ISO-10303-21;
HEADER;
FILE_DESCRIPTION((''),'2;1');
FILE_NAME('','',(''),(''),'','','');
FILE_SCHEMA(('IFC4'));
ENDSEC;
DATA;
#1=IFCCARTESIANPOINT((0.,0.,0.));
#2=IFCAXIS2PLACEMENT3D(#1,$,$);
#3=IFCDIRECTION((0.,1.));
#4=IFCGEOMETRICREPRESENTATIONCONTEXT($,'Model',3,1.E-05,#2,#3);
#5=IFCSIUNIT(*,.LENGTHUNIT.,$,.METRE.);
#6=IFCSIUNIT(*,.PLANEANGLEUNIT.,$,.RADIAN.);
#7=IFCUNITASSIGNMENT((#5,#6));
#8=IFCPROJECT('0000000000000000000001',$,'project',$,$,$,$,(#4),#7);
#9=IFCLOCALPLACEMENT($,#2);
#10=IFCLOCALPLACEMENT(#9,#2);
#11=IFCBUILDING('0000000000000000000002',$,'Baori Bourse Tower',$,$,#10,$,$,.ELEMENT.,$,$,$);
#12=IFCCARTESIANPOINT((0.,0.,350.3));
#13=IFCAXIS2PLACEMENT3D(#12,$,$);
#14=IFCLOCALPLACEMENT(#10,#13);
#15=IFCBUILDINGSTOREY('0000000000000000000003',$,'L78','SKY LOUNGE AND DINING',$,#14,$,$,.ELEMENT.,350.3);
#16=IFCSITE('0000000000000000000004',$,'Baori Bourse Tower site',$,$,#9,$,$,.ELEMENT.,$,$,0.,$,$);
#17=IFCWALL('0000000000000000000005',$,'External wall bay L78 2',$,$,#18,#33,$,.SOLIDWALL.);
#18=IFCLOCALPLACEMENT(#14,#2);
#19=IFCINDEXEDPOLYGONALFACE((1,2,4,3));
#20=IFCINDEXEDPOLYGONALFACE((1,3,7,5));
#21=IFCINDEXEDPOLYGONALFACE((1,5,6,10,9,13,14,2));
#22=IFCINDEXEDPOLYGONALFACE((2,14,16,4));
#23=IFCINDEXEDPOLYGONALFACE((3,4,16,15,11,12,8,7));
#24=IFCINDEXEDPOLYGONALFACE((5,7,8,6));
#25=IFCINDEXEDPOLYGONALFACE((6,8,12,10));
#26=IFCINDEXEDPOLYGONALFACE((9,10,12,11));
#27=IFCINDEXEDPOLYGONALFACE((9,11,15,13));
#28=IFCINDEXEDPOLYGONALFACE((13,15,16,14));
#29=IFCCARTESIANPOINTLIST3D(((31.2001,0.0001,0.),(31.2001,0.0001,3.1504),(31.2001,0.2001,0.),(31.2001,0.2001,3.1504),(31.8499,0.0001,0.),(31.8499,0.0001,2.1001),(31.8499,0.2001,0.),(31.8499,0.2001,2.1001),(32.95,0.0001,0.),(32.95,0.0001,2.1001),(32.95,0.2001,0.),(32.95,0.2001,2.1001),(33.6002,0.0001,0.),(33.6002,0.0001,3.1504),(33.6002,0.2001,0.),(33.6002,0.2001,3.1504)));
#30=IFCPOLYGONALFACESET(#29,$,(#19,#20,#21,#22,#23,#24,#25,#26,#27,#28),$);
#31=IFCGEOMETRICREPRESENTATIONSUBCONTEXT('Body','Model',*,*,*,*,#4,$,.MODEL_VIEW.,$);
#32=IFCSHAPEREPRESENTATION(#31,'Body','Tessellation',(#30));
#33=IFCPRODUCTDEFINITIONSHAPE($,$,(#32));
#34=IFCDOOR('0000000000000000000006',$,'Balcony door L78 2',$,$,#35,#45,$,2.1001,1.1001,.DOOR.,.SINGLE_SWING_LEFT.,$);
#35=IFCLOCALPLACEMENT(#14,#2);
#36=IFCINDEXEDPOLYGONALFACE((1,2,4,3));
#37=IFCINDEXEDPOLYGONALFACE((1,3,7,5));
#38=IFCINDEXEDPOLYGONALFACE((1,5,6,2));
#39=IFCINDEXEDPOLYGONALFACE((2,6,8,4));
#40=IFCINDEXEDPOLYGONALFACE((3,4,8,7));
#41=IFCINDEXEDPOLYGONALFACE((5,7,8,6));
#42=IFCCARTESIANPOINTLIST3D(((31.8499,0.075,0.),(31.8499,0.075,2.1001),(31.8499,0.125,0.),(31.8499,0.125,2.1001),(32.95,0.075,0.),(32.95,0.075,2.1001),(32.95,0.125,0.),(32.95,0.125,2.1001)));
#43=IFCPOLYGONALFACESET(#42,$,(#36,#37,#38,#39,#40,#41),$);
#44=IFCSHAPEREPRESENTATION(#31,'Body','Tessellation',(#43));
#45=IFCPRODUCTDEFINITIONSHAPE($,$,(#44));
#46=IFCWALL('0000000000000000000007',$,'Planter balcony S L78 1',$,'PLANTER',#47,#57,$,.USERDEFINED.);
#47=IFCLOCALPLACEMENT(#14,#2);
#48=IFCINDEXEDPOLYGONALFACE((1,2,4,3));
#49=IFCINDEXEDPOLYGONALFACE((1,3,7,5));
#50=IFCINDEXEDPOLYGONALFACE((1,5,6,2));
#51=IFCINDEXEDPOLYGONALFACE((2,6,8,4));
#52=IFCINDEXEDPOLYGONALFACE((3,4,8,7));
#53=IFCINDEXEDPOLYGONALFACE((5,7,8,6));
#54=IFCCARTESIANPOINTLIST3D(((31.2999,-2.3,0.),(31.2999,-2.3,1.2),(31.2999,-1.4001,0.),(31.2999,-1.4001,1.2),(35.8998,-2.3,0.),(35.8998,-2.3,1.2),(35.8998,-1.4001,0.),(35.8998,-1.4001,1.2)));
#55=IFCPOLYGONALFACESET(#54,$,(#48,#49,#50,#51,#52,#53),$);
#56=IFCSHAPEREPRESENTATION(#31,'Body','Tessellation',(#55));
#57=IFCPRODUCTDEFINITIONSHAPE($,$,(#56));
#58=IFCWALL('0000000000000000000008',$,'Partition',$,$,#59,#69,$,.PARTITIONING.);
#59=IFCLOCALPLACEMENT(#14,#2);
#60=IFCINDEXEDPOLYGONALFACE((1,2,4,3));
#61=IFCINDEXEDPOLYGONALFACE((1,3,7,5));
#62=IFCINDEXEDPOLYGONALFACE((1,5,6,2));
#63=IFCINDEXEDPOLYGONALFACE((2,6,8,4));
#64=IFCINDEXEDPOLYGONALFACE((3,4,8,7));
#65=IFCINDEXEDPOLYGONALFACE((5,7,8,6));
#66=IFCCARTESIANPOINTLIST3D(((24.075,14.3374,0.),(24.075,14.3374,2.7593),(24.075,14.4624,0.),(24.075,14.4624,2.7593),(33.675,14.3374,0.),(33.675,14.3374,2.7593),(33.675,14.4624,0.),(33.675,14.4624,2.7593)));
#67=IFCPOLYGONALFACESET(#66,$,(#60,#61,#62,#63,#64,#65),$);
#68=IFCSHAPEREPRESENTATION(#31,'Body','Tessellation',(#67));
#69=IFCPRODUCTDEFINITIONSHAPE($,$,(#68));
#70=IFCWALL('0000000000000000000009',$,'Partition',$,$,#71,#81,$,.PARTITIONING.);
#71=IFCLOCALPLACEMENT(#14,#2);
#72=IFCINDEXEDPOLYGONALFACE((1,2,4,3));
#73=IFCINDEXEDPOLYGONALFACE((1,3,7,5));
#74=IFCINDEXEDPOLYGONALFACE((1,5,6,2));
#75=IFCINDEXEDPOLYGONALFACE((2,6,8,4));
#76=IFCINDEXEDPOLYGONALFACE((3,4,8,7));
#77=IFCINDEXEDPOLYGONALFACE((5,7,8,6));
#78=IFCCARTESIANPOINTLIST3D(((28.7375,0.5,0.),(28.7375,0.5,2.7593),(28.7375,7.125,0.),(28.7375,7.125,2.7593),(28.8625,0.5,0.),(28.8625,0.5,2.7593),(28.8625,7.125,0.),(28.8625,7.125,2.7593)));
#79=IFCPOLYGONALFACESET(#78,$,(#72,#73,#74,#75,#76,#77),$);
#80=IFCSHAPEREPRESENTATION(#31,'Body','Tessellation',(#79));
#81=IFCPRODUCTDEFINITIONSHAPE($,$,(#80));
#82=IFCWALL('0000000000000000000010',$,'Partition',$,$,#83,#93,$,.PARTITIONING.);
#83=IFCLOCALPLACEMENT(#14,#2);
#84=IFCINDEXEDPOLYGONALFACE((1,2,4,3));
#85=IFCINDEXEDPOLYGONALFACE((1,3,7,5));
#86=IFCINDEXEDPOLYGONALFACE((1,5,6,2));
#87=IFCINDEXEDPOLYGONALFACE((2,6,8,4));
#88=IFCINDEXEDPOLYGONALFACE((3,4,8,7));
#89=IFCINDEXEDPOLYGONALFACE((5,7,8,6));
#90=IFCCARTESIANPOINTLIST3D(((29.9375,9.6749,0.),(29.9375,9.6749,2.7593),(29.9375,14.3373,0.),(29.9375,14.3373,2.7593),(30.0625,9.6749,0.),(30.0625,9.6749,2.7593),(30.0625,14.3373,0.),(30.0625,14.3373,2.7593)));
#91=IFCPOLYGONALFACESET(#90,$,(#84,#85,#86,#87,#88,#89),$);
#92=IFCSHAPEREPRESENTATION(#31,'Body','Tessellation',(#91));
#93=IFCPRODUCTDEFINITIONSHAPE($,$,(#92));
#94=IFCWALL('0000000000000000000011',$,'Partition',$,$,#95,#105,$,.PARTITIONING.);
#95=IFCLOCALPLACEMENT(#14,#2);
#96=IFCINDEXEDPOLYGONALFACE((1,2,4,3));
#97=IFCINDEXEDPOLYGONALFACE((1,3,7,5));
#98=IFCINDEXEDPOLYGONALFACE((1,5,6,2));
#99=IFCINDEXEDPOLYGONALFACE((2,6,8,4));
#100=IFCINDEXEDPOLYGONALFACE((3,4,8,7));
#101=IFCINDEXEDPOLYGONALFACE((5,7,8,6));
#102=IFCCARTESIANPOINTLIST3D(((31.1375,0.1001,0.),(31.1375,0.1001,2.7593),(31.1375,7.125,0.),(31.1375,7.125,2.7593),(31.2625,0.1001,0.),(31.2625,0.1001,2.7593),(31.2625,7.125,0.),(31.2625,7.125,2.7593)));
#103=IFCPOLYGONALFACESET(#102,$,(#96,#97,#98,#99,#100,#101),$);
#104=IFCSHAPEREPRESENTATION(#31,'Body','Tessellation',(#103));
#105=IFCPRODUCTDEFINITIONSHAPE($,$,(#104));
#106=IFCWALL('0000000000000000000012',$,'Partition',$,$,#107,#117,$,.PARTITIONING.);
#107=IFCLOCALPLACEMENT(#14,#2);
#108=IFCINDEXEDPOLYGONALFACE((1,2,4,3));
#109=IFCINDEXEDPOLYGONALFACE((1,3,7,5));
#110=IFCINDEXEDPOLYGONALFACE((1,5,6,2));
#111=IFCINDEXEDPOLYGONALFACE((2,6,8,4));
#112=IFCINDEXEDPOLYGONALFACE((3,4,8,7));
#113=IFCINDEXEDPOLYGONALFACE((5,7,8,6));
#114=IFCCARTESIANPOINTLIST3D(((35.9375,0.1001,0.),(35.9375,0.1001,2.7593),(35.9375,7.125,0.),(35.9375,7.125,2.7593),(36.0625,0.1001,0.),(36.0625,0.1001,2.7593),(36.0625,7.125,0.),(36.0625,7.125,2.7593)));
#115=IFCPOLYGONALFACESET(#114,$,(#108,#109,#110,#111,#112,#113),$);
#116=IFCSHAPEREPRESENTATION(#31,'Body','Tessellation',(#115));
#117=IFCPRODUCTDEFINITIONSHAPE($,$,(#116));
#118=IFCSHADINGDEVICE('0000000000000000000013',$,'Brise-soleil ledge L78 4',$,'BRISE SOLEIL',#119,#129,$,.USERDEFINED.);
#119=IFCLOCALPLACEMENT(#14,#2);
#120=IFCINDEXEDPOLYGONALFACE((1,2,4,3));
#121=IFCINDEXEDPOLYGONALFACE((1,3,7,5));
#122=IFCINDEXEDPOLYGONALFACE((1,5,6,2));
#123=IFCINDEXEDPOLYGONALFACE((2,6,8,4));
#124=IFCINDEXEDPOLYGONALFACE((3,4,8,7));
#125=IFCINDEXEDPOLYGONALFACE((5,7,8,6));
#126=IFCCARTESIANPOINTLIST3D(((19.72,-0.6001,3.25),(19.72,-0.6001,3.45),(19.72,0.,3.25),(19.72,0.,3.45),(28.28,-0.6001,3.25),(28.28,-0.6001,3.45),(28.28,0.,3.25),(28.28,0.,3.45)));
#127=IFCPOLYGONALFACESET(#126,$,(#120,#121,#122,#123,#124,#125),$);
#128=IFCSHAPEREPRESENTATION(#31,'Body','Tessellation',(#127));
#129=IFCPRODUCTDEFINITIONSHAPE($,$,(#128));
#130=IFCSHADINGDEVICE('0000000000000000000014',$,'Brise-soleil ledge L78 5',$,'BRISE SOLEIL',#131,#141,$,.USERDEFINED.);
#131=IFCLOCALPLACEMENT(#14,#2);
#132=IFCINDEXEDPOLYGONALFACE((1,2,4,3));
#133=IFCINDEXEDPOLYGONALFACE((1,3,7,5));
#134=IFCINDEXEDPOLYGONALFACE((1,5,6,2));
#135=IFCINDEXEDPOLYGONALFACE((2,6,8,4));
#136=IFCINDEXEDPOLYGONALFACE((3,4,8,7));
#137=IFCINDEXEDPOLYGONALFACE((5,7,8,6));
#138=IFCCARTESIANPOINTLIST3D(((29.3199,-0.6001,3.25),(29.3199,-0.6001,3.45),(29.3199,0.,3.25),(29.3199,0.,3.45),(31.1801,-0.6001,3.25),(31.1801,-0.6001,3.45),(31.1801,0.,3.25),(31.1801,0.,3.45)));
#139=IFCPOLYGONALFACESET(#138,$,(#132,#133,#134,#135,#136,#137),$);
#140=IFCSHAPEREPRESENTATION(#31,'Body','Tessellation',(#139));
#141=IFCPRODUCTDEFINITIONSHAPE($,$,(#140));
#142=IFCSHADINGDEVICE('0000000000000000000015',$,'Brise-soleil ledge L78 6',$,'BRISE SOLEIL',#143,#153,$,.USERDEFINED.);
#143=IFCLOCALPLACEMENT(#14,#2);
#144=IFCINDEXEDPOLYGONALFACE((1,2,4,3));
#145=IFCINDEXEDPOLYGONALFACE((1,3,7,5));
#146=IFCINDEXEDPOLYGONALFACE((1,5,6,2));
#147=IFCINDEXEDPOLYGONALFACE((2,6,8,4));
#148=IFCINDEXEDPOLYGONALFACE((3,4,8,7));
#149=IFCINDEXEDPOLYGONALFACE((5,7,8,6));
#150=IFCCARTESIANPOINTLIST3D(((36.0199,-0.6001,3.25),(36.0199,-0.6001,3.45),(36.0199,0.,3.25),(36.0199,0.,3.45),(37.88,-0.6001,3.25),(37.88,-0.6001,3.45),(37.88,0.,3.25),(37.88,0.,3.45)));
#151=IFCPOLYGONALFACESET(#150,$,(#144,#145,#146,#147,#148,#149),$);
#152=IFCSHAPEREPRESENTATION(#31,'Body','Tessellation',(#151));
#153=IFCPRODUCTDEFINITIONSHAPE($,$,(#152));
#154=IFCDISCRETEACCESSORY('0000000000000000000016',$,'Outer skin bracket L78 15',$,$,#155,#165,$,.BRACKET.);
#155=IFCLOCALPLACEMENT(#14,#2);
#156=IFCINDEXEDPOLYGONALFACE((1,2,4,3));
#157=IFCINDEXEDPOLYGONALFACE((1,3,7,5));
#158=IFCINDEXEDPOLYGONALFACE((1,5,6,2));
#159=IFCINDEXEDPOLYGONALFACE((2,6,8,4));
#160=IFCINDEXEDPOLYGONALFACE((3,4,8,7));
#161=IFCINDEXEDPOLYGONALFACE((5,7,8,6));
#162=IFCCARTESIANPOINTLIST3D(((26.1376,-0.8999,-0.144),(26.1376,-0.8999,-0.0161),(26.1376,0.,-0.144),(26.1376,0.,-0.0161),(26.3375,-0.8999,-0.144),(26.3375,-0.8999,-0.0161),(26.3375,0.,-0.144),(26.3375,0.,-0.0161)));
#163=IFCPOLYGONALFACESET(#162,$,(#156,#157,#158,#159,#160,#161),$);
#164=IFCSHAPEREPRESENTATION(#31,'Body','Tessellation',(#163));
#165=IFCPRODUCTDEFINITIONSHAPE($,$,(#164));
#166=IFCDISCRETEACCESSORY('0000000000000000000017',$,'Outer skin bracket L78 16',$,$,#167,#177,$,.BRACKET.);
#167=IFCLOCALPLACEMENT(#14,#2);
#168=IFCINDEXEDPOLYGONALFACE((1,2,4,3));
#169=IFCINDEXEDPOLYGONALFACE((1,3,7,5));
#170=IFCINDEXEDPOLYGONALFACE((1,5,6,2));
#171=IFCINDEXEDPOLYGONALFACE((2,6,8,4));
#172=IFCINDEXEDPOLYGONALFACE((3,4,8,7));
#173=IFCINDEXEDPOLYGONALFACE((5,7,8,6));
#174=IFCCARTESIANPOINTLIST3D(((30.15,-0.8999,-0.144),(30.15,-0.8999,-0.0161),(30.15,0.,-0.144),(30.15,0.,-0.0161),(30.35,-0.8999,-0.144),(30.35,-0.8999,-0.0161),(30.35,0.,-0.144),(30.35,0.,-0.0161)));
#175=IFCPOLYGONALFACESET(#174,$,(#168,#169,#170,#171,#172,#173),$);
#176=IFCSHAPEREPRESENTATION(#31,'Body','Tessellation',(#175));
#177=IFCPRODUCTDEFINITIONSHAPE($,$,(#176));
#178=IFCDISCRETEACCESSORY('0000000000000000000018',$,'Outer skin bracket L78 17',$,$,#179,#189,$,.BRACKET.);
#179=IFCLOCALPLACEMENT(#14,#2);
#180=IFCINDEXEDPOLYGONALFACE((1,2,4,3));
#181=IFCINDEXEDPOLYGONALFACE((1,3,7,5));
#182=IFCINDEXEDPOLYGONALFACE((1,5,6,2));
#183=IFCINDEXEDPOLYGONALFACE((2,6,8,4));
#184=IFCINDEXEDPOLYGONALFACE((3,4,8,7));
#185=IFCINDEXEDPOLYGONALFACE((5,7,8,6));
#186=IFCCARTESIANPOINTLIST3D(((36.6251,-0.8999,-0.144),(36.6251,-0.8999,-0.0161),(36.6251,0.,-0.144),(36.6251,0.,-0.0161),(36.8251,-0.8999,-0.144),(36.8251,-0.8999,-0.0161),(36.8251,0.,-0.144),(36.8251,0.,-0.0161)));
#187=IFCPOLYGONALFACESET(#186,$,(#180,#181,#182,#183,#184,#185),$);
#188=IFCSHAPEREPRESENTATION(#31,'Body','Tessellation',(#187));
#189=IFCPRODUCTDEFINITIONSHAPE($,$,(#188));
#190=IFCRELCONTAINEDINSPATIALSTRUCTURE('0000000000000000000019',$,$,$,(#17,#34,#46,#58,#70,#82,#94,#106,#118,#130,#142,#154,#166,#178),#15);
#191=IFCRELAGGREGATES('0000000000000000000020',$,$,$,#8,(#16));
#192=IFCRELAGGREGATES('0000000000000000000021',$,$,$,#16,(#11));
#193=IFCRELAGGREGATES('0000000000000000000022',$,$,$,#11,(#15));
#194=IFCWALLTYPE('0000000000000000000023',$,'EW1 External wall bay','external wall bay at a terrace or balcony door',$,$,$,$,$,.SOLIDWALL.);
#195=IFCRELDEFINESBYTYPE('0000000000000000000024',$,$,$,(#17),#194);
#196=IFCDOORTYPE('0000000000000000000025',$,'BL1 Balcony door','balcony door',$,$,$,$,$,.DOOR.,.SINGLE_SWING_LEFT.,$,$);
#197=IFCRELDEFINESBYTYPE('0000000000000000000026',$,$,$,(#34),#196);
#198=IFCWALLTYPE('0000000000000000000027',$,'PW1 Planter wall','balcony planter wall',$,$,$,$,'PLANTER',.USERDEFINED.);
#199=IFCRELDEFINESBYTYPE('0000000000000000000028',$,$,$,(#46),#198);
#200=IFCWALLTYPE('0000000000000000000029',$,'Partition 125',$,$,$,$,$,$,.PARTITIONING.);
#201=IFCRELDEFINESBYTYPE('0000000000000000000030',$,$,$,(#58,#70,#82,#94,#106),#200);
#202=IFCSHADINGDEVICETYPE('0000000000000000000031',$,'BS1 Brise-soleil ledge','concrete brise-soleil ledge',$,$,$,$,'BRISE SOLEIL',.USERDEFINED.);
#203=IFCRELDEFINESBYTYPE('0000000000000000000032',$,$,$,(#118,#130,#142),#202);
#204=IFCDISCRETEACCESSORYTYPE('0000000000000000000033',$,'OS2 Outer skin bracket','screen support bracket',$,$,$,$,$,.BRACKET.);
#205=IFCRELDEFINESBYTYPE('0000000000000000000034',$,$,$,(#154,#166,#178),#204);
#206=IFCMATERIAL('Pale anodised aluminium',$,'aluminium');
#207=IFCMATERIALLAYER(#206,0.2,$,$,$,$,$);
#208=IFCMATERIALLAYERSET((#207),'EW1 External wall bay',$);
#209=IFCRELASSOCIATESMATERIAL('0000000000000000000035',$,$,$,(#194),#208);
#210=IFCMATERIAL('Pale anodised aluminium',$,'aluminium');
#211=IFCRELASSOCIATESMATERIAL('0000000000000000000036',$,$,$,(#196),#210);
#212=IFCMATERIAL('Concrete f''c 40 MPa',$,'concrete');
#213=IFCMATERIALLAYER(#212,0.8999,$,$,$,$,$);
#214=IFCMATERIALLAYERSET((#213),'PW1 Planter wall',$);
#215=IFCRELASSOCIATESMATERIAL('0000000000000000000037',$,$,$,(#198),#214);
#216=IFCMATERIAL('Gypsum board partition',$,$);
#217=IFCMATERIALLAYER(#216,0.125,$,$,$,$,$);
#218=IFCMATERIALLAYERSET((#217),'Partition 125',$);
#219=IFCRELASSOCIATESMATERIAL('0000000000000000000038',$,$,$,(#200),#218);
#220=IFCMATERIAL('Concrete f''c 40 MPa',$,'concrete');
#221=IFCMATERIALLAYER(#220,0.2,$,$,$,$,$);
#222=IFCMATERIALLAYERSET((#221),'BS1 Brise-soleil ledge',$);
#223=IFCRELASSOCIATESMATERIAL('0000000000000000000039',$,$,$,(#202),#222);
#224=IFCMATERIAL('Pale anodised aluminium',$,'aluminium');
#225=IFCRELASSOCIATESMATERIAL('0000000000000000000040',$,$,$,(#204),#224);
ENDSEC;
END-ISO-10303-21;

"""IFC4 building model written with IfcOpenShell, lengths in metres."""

from ifc_helpers import new_model, si_unit, direction, frame, frame_2d, origin, origin_2d, place, context, subcontext, project, spatial, rectangle, extrude, material, layer, layer_set, type_object, element, fill, save


model = new_model("IFC4")

# Units and contexts
model_context = context("Model", 3, precision=1e-05, world=origin(), true_north=direction((0.0, 1.0)))
body_context = subcontext(model_context, "Body", "Model", "MODEL_VIEW")
ifc_project = project(units=[si_unit("LENGTHUNIT", "METRE"), si_unit("PLANEANGLEUNIT", "RADIAN")], contexts=[model_context])

# Site, building, storey
site_placement = place(None, origin())
site = spatial("IfcSite", under=ifc_project, at=site_placement, Name="Baori Bourse Tower site", CompositionType="ELEMENT", RefElevation=0.0)
building_placement = place(site_placement, origin())
building = spatial("IfcBuilding", under=site, at=building_placement, Name="Baori Bourse Tower", CompositionType="ELEMENT")
storey_placement = place(building_placement, frame((0.0, 0.0, 350.3)))
storey = spatial("IfcBuildingStorey", under=building, at=storey_placement, Name="L78", Description="SKY LOUNGE AND DINING", CompositionType="ELEMENT", Elevation=350.3)

# Wall, opening, door
ifc_material_1 = material(Name="Pale anodised aluminium", Category="aluminium")
ifc_layer_1 = layer(ifc_material_1, 0.2)
ifc_layer_set_1 = layer_set([ifc_layer_1], Name="EW1 External wall bay")
wall_type_1 = type_object("IfcWallType", Name="EW1 External wall bay", Description="external wall bay at a terrace or balcony door", PredefinedType="SOLIDWALL", material=ifc_layer_set_1)
wall_1_placement = place(storey_placement, frame((31.2, 0.1001, 0.0), z_axis=(0.0, 0.0, 1.0), x_axis=(1.0, 0.0, 0.0)))
wall_1 = element("IfcWall", 1, at=wall_1_placement, inside=storey, type_object=wall_type_1, Name="External wall bay L78 2", PredefinedType="SOLIDWALL", context=body_context, shape_type="SweptSolid", body=[
    extrude(rectangle(XDim=2.4001, YDim=0.2, at=frame_2d((1.2002, 0.0))), origin(), (0.0, 0.0, 1.0), 3.1504),
])
opening_placement = place(wall_1_placement, frame((0.6499, 0.0, 0.0)))
opening = element("IfcOpeningElement", 2, at=opening_placement, cuts=wall_1, PredefinedType="OPENING", context=body_context, shape_type="SweptSolid", body=[
    extrude(rectangle(XDim=1.1001, YDim=2.1001, at=frame_2d((0.55, 1.05))), frame((0.0, 0.1099, 0.0), z_axis=(0.0, -1.0, 0.0), x_axis=(1.0, 0.0, 0.0)), (0.0, 0.0, 1.0), 0.22),
])
ifc_material_2 = material(Name="Pale anodised aluminium", Category="aluminium")
door_type = type_object("IfcDoorType", Name="BL1 Balcony door", Description="balcony door", OperationType="SINGLE_SWING_LEFT", PredefinedType="DOOR", material=ifc_material_2)
door_placement = place(opening_placement, origin())
door = element("IfcDoor", 3, at=door_placement, inside=storey, type_object=door_type, Name="Balcony door L78 2", OperationType="SINGLE_SWING_LEFT", OverallHeight=2.1001, OverallWidth=1.1001, PredefinedType="DOOR", context=body_context, shape_type="SweptSolid", body=[
    extrude(rectangle(XDim=1.1001, YDim=2.1001, at=frame_2d((0.55, 1.05))), frame((0.0, 0.0249, 0.0), z_axis=(0.0, -1.0, 0.0), x_axis=(1.0, 0.0, 0.0)), (0.0, 0.0, 1.0), 0.05),
])
fill(opening, door)

# Walls
ifc_material_3 = material(Name="Concrete f'c 40 MPa", Category="concrete")
ifc_layer_2 = layer(ifc_material_3, 0.8999)
ifc_layer_set_2 = layer_set([ifc_layer_2], Name="PW1 Planter wall")
wall_type_2 = type_object("IfcWallType", Name="PW1 Planter wall", Description="balcony planter wall", ElementType="PLANTER", PredefinedType="USERDEFINED", material=ifc_layer_set_2)
wall_2_placement = place(storey_placement, frame((31.3, -1.8501, 0.0), z_axis=(0.0, 0.0, 1.0), x_axis=(1.0, 0.0, 0.0)))
element("IfcWall", 4, at=wall_2_placement, inside=storey, type_object=wall_type_2, Name="Planter balcony S L78 1", ObjectType="PLANTER", PredefinedType="USERDEFINED", context=body_context, shape_type="SweptSolid", body=[
    extrude(rectangle(XDim=4.5999, YDim=0.8999, at=frame_2d((2.2998, 0.0))), origin(), (0.0, 0.0, 1.0), 1.2),
])
ifc_material_4 = material(Name="Gypsum board partition")
ifc_layer_3 = layer(ifc_material_4, 0.125)
ifc_layer_set_3 = layer_set([ifc_layer_3], Name="Partition 125")
wall_type_3 = type_object("IfcWallType", Name="Partition 125", PredefinedType="PARTITIONING", material=ifc_layer_set_3)
wall_3_placement = place(storey_placement, frame((24.075, 14.3999, 0.0), z_axis=(0.0, 0.0, 1.0), x_axis=(1.0, 0.0, 0.0)))
element("IfcWall", 5, at=wall_3_placement, inside=storey, type_object=wall_type_3, Name="Partition", PredefinedType="PARTITIONING", context=body_context, shape_type="SweptSolid", body=[
    extrude(rectangle(XDim=9.6001, YDim=0.125, at=frame_2d((4.8, 0.0))), origin(), (0.0, 0.0, 1.0), 2.7593),
])
wall_4_placement = place(storey_placement, frame((28.8, 0.5, 0.0), z_axis=(0.0, 0.0, 1.0), x_axis=(0.0, 1.0, 0.0)))
element("IfcWall", 6, at=wall_4_placement, inside=storey, type_object=wall_type_3, Name="Partition", PredefinedType="PARTITIONING", context=body_context, shape_type="SweptSolid", body=[
    extrude(rectangle(XDim=6.625, YDim=0.125, at=frame_2d((3.3125, 0.0))), origin(), (0.0, 0.0, 1.0), 2.7593),
])
wall_5_placement = place(storey_placement, frame((30.0, 9.675, 0.0), z_axis=(0.0, 0.0, 1.0), x_axis=(0.0, 1.0, 0.0)))
element("IfcWall", 7, at=wall_5_placement, inside=storey, type_object=wall_type_3, Name="Partition", PredefinedType="PARTITIONING", context=body_context, shape_type="SweptSolid", body=[
    extrude(rectangle(XDim=4.6624, YDim=0.125, at=frame_2d((2.3311, 0.0))), origin(), (0.0, 0.0, 1.0), 2.7593),
])
for number, where, z_axis, x_axis, name in (
    (8, (31.2, 0.1001, 0.0), (0.0, 0.0, 1.0), (0.0, 1.0, 0.0), "Partition"),
    (9, (36.0, 0.1001, 0.0), (0.0, 0.0, 1.0), (0.0, 1.0, 0.0), "Partition"),
):
    element("IfcWall", number, at=place(storey_placement, frame(where, z_axis=z_axis, x_axis=x_axis)), inside=storey, type_object=wall_type_3, Name=name, PredefinedType="PARTITIONING", context=body_context, shape_type="SweptSolid", body=[
        extrude(rectangle(XDim=7.0249, YDim=0.125, at=frame_2d((3.5125, 0.0))), origin(), (0.0, 0.0, 1.0), 2.7593),
    ])

# Shading devices
ifc_material_5 = material(Name="Concrete f'c 40 MPa", Category="concrete")
ifc_layer_4 = layer(ifc_material_5, 0.2)
ifc_layer_set_4 = layer_set([ifc_layer_4], Name="BS1 Brise-soleil ledge")
shading_device_type = type_object("IfcShadingDeviceType", Name="BS1 Brise-soleil ledge", Description="concrete brise-soleil ledge", ElementType="BRISE SOLEIL", PredefinedType="USERDEFINED", material=ifc_layer_set_4)
shading_device_placement = place(storey_placement, frame((24.0, -0.3, 3.25), z_axis=(0.0, 0.0, 1.0), x_axis=(1.0, 0.0, 0.0)))
element("IfcShadingDevice", 10, at=shading_device_placement, inside=storey, type_object=shading_device_type, Name="Brise-soleil ledge L78 4", ObjectType="BRISE SOLEIL", PredefinedType="USERDEFINED", context=body_context, shape_type="SweptSolid", body=[
    extrude(rectangle(XDim=8.5601, YDim=0.6001, at=origin_2d()), origin(), (0.0, 0.0, 1.0), 0.2),
])
for number, where, z_axis, x_axis, name in (
    (11, (30.25, -0.3, 3.25), (0.0, 0.0, 1.0), (1.0, 0.0, 0.0), "Brise-soleil ledge L78 5"),
    (12, (36.95, -0.3, 3.25), (0.0, 0.0, 1.0), (1.0, 0.0, 0.0), "Brise-soleil ledge L78 6"),
):
    element("IfcShadingDevice", number, at=place(storey_placement, frame(where, z_axis=z_axis, x_axis=x_axis)), inside=storey, type_object=shading_device_type, Name=name, ObjectType="BRISE SOLEIL", PredefinedType="USERDEFINED", context=body_context, shape_type="SweptSolid", body=[
        extrude(rectangle(XDim=1.8601, YDim=0.6001, at=origin_2d()), origin(), (0.0, 0.0, 1.0), 0.2),
    ])

# Discrete accessories
ifc_material_6 = material(Name="Pale anodised aluminium", Category="aluminium")
discrete_accessory_type = type_object("IfcDiscreteAccessoryType", Name="OS2 Outer skin bracket", Description="screen support bracket", PredefinedType="BRACKET", material=ifc_material_6)
for number, where, z_axis, x_axis, name in (
    (13, (26.2375, -0.45, -0.144), (0.0, 0.0, 1.0), (1.0, 0.0, 0.0), "Outer skin bracket L78 15"),
    (14, (30.25, -0.45, -0.144), (0.0, 0.0, 1.0), (1.0, 0.0, 0.0), "Outer skin bracket L78 16"),
    (15, (36.7251, -0.45, -0.144), (0.0, 0.0, 1.0), (1.0, 0.0, 0.0), "Outer skin bracket L78 17"),
):
    element("IfcDiscreteAccessory", number, at=place(storey_placement, frame(where, z_axis=z_axis, x_axis=x_axis)), inside=storey, type_object=discrete_accessory_type, Name=name, PredefinedType="BRACKET", context=body_context, shape_type="SweptSolid", body=[
        extrude(rectangle(XDim=0.2, YDim=0.8999, at=origin_2d()), origin(), (0.0, 0.0, 1.0), 0.1279),
    ])

save(model, "model.ifc")
